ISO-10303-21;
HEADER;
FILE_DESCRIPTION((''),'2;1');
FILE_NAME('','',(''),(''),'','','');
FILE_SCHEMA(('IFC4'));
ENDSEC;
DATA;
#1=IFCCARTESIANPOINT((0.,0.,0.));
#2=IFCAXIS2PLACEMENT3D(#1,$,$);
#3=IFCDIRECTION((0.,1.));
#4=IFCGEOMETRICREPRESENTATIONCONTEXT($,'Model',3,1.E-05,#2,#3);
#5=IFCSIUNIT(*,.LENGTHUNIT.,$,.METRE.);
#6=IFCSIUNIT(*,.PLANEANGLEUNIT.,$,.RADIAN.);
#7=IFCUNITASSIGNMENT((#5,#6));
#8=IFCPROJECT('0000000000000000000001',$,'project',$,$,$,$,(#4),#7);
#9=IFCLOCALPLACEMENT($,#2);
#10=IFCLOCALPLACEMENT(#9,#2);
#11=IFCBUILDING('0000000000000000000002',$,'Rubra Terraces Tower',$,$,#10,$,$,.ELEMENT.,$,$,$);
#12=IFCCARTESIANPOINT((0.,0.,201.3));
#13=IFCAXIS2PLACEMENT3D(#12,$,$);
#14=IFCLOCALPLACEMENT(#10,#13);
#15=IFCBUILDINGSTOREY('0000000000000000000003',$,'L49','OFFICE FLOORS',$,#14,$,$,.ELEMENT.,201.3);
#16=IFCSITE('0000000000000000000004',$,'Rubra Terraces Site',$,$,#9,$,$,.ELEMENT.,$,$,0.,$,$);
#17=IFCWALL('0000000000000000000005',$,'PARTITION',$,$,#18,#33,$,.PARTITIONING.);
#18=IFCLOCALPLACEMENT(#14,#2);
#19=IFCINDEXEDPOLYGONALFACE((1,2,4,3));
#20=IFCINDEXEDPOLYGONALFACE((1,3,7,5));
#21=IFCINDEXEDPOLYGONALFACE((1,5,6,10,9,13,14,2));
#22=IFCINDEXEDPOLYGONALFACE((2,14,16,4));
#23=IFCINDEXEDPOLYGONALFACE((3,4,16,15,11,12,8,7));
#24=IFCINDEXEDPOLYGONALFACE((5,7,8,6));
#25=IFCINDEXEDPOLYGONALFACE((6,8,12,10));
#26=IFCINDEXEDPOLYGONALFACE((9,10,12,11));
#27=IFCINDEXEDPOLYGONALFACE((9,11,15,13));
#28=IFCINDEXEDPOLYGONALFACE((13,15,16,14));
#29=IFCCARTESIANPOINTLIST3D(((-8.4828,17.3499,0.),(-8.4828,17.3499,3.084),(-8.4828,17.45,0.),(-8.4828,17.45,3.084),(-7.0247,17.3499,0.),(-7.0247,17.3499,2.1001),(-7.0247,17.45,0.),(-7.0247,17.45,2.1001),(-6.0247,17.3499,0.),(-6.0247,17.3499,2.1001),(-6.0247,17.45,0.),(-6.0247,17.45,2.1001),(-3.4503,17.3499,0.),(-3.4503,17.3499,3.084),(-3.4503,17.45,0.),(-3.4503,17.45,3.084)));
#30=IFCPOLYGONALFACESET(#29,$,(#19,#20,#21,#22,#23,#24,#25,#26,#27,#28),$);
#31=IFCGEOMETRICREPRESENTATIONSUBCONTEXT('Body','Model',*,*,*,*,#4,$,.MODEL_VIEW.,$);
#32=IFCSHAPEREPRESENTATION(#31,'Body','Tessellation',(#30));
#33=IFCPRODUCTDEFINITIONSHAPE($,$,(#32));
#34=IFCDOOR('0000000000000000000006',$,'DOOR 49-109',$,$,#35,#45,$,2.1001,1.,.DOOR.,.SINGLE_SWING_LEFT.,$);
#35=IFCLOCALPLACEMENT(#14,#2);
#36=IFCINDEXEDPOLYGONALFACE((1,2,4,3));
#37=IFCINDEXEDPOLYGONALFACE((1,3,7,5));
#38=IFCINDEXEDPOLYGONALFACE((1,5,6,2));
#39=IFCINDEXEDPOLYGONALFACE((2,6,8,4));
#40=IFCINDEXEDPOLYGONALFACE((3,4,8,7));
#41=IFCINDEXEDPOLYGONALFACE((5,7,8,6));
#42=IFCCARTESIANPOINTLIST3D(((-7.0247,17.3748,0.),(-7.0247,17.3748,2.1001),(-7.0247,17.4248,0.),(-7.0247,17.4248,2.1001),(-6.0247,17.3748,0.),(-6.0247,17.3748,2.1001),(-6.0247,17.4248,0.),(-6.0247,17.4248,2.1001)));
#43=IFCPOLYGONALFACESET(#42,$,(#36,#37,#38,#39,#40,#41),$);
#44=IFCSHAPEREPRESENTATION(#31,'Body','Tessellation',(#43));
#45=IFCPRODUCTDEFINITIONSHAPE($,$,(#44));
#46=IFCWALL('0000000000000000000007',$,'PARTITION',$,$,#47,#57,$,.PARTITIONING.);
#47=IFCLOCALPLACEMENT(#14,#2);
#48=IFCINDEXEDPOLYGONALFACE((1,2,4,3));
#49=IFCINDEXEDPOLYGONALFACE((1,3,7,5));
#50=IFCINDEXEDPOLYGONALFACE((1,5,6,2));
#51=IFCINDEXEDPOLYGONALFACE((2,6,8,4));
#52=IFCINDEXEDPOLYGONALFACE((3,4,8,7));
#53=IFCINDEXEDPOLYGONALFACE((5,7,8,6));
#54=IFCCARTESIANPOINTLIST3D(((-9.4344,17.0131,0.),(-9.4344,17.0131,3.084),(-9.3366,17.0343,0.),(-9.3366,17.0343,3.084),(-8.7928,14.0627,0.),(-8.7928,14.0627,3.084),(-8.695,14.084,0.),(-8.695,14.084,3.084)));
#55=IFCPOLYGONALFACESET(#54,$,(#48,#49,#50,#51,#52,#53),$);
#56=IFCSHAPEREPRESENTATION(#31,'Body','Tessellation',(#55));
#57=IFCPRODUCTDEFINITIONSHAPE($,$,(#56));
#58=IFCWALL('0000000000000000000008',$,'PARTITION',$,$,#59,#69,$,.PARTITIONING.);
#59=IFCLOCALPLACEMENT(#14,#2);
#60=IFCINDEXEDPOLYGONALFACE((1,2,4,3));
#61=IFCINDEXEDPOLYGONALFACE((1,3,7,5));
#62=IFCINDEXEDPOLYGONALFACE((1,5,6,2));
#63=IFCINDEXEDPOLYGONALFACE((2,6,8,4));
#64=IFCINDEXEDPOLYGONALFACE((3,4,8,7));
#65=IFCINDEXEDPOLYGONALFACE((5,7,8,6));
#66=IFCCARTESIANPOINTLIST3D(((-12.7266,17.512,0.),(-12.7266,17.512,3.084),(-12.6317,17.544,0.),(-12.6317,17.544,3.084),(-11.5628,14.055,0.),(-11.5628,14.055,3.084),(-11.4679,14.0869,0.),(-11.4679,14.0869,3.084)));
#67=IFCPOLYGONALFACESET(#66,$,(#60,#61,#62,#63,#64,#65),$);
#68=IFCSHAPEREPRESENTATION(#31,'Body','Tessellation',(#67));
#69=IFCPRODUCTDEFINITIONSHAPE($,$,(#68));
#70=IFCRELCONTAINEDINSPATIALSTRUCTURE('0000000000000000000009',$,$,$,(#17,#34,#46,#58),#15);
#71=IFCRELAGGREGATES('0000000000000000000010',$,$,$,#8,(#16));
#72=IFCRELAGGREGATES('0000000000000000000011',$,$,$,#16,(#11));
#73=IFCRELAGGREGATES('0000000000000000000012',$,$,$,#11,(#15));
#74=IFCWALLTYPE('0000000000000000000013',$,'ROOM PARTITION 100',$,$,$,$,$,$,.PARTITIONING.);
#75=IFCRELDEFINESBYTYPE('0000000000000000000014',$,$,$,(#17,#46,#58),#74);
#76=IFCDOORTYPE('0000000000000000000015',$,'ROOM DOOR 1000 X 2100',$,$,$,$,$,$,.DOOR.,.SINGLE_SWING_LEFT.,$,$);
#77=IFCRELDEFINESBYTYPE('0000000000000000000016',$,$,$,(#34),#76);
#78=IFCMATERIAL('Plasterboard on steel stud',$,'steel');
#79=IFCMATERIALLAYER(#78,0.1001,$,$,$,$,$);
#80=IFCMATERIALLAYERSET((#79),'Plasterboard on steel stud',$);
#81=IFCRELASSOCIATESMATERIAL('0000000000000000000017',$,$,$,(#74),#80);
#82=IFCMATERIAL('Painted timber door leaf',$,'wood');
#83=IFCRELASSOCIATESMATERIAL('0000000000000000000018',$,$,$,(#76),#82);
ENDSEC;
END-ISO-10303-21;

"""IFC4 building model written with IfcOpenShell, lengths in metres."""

from ifc_helpers import new_model, si_unit, direction, frame, frame_2d, origin, place, context, subcontext, project, spatial, rectangle, extrude, material, layer, layer_set, type_object, element, fill, save


model = new_model("IFC4")

# Units and contexts
model_context = context("Model", 3, precision=1e-05, world=origin(), true_north=direction((0.0, 1.0)))
body_context = subcontext(model_context, "Body", "Model", "MODEL_VIEW")
ifc_project = project(units=[si_unit("LENGTHUNIT", "METRE"), si_unit("PLANEANGLEUNIT", "RADIAN")], contexts=[model_context])

# Site, building, storey
site_placement = place(None, origin())
site = spatial("IfcSite", under=ifc_project, at=site_placement, Name="Rubra Terraces Site", CompositionType="ELEMENT", RefElevation=0.0)
building_placement = place(site_placement, origin())
building = spatial("IfcBuilding", under=site, at=building_placement, Name="Rubra Terraces Tower", CompositionType="ELEMENT")
storey_placement = place(building_placement, frame((0.0, 0.0, 201.3)))
storey = spatial("IfcBuildingStorey", under=building, at=storey_placement, Name="L49", Description="OFFICE FLOORS", CompositionType="ELEMENT", Elevation=201.3)

# Shared definitions
ifc_material_1 = material(Name="Plasterboard on steel stud", Category="steel")
ifc_layer_1 = layer(ifc_material_1, 0.1001)
ifc_layer_set_1 = layer_set([ifc_layer_1], Name="Plasterboard on steel stud")
wall_type_1 = type_object("IfcWallType", Name="ROOM PARTITION 100", PredefinedType="PARTITIONING", material=ifc_layer_set_1)

# Wall, opening, door
wall_1_placement = place(storey_placement, frame((-8.4827, 17.3999, 0.0), z_axis=(0.0, 0.0, 1.0), x_axis=(1.0, 0.0, 0.0)))
wall_1 = element("IfcWall", 1, at=wall_1_placement, inside=storey, type_object=wall_type_1, Name="PARTITION", PredefinedType="PARTITIONING", context=body_context, shape_type="SweptSolid", body=[
    extrude(rectangle(XDim=5.0325, YDim=0.1001, at=frame_2d((2.5161, 0.0))), origin(), (0.0, 0.0, 1.0), 3.084),
])
opening_1_placement = place(wall_1_placement, frame((1.458, 0.0, 0.0)))
opening_1 = element("IfcOpeningElement", 2, at=opening_1_placement, cuts=wall_1, PredefinedType="OPENING", context=body_context, shape_type="SweptSolid", body=[
    extrude(rectangle(XDim=1.0, YDim=2.1001, at=frame_2d((0.5, 1.05))), frame((0.0, 0.0601, 0.0), z_axis=(0.0, -1.0, 0.0), x_axis=(1.0, 0.0, 0.0)), (0.0, 0.0, 1.0), 0.1201),
])
ifc_material_2 = material(Name="Painted timber door leaf", Category="wood")
door_type = type_object("IfcDoorType", Name="ROOM DOOR 1000 X 2100", OperationType="SINGLE_SWING_LEFT", PredefinedType="DOOR", material=ifc_material_2)
door_placement = place(opening_1_placement, origin())
door = element("IfcDoor", 3, at=door_placement, inside=storey, type_object=door_type, Name="DOOR 49-109", OperationType="SINGLE_SWING_LEFT", OverallHeight=2.1001, OverallWidth=1.0, PredefinedType="DOOR", context=body_context, shape_type="SweptSolid", body=[
    extrude(rectangle(XDim=1.0, YDim=2.1001, at=frame_2d((0.5, 1.05))), frame((0.0, 0.0249, 0.0), z_axis=(0.0, -1.0, 0.0), x_axis=(1.0, 0.0, 0.0)), (0.0, 0.0, 1.0), 0.05),
])
fill(opening_1, door)

# Walls
wall_2_placement = place(storey_placement, frame((-8.7439, 14.0732, 0.0), z_axis=(0.0, 0.0, 1.0), x_axis=(-0.212493, 0.977162, 0.0)))
element("IfcWall", 4, at=wall_2_placement, inside=storey, type_object=wall_type_1, Name="PARTITION", PredefinedType="PARTITIONING", context=body_context, shape_type="SweptSolid", body=[
    extrude(rectangle(XDim=3.0193, YDim=0.1001, at=frame_2d((1.5098, 0.0))), origin(), (0.0, 0.0, 1.0), 3.084),
])
wall_3_placement = place(storey_placement, frame((-11.5154, 14.071, 0.0), z_axis=(0.0, 0.0, 1.0), x_axis=(-0.319058, 0.947735, 0.0)))
element("IfcWall", 5, at=wall_3_placement, inside=storey, type_object=wall_type_1, Name="PARTITION", PredefinedType="PARTITIONING", context=body_context, shape_type="SweptSolid", body=[
    extrude(rectangle(XDim=3.6477, YDim=0.1001, at=frame_2d((1.8237, 0.0))), origin(), (0.0, 0.0, 1.0), 3.084),
])

save(model, "model.ifc")
